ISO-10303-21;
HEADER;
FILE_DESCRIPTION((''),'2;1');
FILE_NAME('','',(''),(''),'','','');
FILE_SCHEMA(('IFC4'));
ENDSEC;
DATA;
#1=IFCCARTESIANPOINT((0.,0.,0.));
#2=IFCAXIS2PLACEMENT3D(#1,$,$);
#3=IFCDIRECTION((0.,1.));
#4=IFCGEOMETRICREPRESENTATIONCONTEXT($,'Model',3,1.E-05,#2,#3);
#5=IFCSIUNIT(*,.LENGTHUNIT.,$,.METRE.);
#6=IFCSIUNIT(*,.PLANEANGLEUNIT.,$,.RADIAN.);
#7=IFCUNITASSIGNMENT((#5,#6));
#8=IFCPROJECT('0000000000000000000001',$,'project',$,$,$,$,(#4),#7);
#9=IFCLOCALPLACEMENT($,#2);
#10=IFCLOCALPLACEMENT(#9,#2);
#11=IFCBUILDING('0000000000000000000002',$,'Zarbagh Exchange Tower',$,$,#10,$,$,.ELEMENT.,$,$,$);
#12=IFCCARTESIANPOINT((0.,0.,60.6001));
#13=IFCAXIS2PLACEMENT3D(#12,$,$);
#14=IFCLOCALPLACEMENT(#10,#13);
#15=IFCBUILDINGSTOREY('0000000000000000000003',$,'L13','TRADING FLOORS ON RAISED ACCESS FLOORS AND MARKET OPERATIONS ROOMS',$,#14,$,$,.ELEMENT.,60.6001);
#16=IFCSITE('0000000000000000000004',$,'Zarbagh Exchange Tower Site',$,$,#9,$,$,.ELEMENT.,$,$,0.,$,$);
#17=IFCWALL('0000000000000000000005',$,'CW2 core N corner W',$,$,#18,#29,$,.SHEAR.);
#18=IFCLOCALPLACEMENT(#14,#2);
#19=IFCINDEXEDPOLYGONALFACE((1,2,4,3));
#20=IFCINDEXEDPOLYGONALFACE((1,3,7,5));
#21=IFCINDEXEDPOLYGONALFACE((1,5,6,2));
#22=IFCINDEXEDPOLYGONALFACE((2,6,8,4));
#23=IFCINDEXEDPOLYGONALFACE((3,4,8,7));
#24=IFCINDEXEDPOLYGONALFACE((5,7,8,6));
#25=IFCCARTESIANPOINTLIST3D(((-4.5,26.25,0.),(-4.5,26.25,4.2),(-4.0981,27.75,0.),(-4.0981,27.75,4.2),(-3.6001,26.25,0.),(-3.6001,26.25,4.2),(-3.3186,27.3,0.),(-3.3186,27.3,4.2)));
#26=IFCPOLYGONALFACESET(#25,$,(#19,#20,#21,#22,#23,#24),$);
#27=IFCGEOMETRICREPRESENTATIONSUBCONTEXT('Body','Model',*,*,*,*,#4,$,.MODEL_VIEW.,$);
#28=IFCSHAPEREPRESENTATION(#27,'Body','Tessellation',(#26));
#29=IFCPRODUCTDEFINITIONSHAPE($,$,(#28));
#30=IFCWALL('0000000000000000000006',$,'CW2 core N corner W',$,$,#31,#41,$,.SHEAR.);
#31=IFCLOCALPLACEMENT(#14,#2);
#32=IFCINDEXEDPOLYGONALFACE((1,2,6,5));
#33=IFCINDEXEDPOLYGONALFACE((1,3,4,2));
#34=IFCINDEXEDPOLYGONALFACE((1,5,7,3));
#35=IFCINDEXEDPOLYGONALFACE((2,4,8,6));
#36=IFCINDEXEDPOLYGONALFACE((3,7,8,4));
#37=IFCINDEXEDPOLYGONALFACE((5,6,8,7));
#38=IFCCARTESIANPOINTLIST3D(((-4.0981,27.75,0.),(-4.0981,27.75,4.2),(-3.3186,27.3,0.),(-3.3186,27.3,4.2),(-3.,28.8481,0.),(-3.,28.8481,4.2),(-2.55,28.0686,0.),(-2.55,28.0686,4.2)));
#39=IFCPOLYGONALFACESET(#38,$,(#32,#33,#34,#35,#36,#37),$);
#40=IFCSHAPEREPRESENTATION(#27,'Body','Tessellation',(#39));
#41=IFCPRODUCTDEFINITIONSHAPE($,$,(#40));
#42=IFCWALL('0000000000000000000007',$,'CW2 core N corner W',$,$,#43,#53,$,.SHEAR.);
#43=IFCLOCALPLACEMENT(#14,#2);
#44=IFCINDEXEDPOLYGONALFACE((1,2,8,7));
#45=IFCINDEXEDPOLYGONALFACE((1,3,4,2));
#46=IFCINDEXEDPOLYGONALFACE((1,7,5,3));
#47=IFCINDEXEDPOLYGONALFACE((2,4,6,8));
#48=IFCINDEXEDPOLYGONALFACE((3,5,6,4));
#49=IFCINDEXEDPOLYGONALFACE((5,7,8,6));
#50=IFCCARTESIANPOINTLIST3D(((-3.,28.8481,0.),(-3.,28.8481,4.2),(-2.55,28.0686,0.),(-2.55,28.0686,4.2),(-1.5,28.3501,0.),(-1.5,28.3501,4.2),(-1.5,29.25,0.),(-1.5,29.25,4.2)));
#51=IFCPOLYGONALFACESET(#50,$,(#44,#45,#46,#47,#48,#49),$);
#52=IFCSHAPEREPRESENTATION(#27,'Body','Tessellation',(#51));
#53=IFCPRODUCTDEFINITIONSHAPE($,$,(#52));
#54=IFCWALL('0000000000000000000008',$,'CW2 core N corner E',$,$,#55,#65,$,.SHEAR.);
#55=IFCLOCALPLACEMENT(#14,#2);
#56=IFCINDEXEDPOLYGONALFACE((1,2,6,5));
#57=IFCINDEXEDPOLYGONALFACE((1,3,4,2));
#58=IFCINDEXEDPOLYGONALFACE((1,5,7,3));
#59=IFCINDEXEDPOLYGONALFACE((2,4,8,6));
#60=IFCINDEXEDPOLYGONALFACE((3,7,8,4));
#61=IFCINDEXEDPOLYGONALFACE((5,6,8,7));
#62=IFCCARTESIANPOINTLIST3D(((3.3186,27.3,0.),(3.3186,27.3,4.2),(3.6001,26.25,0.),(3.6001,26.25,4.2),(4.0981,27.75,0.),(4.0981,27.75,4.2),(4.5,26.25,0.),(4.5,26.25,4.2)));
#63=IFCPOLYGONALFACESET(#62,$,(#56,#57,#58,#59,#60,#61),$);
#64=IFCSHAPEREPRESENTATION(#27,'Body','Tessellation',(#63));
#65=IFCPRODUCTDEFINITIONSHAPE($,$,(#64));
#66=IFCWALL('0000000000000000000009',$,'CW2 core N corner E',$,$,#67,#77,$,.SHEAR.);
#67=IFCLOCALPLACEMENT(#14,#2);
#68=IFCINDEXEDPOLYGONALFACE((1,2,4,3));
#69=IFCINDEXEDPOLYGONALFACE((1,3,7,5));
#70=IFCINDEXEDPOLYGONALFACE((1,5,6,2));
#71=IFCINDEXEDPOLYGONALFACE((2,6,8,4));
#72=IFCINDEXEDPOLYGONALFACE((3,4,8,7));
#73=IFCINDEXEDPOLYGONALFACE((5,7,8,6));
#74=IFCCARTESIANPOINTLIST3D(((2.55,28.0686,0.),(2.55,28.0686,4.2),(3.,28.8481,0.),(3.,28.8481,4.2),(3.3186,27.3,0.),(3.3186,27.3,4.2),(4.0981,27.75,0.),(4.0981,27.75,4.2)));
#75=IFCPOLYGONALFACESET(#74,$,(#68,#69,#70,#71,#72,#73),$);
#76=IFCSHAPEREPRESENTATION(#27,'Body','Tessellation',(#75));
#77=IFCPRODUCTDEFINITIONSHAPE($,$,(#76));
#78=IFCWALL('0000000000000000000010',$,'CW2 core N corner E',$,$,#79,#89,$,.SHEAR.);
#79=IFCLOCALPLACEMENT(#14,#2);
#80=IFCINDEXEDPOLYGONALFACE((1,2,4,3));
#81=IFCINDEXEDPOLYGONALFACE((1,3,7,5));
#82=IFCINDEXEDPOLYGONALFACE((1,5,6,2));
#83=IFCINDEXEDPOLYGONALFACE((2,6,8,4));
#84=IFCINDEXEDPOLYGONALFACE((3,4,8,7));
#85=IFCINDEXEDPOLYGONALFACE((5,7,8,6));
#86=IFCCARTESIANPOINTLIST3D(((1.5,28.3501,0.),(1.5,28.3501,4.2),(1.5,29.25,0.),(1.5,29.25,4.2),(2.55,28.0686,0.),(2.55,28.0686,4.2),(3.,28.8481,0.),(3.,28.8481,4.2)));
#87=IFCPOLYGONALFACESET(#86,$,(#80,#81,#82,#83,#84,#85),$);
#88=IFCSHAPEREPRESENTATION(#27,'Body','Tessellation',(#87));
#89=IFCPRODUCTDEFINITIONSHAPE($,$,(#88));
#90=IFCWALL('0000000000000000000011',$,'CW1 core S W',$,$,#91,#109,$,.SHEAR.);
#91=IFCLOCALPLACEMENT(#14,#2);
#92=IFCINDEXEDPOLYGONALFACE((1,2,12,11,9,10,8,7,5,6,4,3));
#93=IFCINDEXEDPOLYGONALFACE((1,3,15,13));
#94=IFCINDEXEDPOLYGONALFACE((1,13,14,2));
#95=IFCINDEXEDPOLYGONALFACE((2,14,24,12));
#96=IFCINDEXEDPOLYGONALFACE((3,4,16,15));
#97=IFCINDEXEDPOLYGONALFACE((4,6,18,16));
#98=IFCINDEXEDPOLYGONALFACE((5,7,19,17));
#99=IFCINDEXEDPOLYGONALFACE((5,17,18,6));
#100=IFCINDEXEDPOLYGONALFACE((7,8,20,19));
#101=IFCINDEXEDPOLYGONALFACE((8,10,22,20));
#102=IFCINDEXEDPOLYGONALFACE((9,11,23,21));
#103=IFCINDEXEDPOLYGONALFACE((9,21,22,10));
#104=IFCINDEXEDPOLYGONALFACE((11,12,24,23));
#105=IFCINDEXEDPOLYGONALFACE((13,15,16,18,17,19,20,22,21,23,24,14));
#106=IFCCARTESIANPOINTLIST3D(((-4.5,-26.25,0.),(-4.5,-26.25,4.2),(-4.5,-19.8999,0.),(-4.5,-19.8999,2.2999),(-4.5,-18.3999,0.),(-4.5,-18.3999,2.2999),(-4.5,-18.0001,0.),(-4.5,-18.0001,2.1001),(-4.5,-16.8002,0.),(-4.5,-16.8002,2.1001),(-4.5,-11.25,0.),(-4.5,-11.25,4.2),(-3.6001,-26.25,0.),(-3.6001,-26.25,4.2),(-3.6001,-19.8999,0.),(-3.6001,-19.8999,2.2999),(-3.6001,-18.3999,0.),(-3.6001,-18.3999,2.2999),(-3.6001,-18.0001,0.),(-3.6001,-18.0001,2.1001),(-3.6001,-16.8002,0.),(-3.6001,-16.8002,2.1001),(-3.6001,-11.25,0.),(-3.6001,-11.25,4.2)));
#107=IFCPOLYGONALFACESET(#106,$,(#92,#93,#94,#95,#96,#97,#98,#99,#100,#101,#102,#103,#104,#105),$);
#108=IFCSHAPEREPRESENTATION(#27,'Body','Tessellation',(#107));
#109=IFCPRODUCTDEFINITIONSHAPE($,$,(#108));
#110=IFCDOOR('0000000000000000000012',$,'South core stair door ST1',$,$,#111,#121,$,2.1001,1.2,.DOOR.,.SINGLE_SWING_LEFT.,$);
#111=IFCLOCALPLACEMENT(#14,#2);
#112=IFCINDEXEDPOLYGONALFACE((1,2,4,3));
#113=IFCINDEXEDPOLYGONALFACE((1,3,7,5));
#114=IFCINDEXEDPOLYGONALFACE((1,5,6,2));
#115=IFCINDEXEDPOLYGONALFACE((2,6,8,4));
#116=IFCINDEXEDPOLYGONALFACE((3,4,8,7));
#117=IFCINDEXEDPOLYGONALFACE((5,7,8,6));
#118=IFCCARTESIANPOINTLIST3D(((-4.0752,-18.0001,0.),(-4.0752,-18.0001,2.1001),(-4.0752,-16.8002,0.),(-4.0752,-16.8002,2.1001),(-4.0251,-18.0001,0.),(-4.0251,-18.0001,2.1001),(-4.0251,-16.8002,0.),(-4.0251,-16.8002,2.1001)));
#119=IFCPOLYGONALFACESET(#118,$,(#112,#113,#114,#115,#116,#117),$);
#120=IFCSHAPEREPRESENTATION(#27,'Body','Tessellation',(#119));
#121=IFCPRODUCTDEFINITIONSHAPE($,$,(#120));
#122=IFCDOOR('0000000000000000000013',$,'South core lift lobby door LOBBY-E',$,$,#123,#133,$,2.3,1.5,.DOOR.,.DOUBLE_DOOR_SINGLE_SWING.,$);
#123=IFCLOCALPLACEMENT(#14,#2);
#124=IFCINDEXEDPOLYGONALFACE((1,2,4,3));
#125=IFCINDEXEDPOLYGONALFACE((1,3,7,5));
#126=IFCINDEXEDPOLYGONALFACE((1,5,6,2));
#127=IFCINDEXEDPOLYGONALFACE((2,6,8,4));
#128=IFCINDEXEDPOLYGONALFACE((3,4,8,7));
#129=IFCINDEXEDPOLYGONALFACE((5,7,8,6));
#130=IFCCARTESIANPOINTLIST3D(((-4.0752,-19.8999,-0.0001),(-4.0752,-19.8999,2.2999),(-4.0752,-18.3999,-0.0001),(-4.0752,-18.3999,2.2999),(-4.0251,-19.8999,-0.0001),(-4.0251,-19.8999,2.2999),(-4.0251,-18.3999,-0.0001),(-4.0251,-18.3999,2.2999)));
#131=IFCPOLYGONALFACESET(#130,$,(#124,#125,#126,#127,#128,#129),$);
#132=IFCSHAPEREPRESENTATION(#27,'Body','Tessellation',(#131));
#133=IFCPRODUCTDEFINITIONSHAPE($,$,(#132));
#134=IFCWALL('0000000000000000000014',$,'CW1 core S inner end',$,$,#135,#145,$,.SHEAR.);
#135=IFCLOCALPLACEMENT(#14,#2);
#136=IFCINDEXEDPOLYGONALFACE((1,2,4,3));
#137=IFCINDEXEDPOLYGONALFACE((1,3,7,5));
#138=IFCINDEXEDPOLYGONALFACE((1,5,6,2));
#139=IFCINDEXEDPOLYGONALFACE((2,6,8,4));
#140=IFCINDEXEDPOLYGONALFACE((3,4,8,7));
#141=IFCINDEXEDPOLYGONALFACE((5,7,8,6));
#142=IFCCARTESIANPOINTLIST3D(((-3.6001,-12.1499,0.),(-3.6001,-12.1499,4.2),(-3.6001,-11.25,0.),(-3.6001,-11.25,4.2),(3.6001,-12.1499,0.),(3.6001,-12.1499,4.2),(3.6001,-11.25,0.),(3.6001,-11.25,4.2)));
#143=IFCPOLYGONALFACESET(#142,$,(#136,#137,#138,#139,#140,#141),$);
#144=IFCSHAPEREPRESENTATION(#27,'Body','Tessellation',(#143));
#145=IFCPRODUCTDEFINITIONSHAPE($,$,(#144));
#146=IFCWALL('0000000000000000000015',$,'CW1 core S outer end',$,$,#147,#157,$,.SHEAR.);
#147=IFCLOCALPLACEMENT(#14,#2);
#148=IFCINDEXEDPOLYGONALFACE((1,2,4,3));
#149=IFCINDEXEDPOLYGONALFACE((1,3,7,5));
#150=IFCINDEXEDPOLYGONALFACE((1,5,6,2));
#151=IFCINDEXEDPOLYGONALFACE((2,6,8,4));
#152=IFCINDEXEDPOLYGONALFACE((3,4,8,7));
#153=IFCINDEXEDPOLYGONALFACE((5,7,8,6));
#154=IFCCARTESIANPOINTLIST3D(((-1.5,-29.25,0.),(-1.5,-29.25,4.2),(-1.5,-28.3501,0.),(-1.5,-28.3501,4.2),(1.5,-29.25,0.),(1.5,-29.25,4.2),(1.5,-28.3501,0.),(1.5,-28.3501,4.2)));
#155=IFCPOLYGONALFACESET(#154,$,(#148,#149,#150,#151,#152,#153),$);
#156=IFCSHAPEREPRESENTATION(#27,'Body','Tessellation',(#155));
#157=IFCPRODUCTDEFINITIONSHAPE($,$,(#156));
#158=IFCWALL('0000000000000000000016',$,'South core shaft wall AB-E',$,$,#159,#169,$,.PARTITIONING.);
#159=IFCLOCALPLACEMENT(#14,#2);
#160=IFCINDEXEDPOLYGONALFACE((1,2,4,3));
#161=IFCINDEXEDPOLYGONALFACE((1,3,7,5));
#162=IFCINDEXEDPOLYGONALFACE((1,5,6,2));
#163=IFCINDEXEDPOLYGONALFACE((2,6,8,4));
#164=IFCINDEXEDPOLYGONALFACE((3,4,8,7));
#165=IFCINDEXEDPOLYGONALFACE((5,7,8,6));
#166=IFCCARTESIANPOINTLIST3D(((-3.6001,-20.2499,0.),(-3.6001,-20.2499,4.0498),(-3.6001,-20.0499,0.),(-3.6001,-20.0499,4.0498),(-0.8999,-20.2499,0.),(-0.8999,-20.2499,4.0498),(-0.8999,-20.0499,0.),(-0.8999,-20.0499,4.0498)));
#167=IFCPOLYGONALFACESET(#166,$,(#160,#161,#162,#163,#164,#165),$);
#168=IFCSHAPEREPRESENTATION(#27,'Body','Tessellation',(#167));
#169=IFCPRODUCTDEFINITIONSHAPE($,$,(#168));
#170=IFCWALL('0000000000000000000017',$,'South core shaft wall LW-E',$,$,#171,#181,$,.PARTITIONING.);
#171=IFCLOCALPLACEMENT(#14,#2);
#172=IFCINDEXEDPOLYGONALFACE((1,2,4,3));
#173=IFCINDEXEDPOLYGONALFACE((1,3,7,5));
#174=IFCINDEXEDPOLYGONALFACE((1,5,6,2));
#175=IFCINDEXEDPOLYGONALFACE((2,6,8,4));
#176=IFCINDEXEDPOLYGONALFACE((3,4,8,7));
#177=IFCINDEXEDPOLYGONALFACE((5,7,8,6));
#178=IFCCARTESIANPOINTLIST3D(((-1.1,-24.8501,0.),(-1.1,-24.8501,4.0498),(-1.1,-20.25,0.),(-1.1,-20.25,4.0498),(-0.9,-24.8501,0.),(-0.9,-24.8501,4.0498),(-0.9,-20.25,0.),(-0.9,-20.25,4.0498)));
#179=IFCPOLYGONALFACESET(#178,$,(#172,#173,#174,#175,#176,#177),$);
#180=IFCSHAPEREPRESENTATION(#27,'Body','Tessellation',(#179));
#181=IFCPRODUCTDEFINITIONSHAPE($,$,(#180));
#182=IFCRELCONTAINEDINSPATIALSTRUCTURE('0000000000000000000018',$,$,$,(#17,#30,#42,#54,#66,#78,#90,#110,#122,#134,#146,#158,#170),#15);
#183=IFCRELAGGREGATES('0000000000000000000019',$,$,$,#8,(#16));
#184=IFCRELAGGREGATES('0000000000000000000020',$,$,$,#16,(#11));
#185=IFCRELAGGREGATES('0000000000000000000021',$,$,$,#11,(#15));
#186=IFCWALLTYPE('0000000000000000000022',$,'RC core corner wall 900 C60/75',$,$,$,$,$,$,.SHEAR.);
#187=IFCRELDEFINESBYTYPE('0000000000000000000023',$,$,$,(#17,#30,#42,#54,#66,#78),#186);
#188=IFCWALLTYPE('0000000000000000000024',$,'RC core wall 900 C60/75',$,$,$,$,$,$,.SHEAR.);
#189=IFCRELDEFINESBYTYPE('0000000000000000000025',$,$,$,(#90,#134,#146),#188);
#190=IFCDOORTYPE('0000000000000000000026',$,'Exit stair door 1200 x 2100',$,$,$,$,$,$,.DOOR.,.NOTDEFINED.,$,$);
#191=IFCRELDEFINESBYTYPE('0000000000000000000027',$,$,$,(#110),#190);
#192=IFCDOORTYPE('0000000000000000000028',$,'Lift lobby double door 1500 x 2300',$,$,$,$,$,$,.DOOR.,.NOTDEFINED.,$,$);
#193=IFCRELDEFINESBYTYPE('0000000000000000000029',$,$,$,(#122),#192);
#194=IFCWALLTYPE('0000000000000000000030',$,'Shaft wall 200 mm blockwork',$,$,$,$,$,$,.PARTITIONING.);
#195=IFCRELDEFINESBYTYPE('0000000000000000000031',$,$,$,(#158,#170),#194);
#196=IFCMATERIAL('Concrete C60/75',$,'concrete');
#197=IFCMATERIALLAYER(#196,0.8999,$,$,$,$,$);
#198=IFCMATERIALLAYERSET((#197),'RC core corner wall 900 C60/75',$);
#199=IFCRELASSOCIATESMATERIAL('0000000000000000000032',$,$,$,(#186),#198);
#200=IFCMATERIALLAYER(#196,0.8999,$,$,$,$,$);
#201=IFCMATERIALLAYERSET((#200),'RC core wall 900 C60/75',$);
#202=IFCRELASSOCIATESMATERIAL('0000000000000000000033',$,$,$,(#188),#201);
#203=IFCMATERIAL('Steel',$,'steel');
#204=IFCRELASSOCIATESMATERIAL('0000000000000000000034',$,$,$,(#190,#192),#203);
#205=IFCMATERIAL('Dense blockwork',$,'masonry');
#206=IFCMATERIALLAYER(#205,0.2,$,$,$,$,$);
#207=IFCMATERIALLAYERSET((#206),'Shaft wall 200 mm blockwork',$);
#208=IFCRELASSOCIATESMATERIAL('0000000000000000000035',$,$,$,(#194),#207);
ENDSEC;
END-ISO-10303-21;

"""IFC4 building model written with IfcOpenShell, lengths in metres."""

from ifc_helpers import new_model, si_unit, direction, frame, frame_2d, origin, place, context, subcontext, project, spatial, polyline, rectangle, outline, extrude, material, layer, layer_set, type_object, element, fill, save


model = new_model("IFC4")

# Units and contexts
model_context = context("Model", 3, precision=1e-05, world=origin(), true_north=direction((0.0, 1.0)))
body_context = subcontext(model_context, "Body", "Model", "MODEL_VIEW")
ifc_project = project(units=[si_unit("LENGTHUNIT", "METRE"), si_unit("PLANEANGLEUNIT", "RADIAN")], contexts=[model_context])

# Site, building, storey
site_placement = place(None, origin())
site = spatial("IfcSite", under=ifc_project, at=site_placement, Name="Zarbagh Exchange Tower Site", CompositionType="ELEMENT", RefElevation=0.0)
building_placement = place(site_placement, origin())
building = spatial("IfcBuilding", under=site, at=building_placement, Name="Zarbagh Exchange Tower", CompositionType="ELEMENT")
storey_placement = place(building_placement, frame((0.0, 0.0, 60.6001)))
storey = spatial("IfcBuildingStorey", under=building, at=storey_placement, Name="L13", Description="TRADING FLOORS ON RAISED ACCESS FLOORS AND MARKET OPERATIONS ROOMS", CompositionType="ELEMENT", Elevation=60.6001)

# Shared definitions
ifc_material_1 = material(Name="Concrete C60/75", Category="concrete")

# Walls
ifc_layer_1 = layer(ifc_material_1, 0.8999)
ifc_layer_set_1 = layer_set([ifc_layer_1], Name="RC core corner wall 900 C60/75")
wall_type_1 = type_object("IfcWallType", Name="RC core corner wall 900 C60/75", PredefinedType="SHEAR", material=ifc_layer_set_1)
wall_1_placement = place(storey_placement, origin())
element("IfcWall", 1, at=wall_1_placement, inside=storey, type_object=wall_type_1, Name="CW2 core N corner W", PredefinedType="SHEAR", context=body_context, shape_type="SweptSolid", body=[
    extrude(outline(polyline([(-4.5, 26.25), (-4.0981, 27.75), (-3.3186, 27.3), (-3.6001, 26.25), (-4.5, 26.25)])), origin(), (0.0, 0.0, 1.0), 4.2),
])
wall_2_placement = place(storey_placement, origin())
element("IfcWall", 2, at=wall_2_placement, inside=storey, type_object=wall_type_1, Name="CW2 core N corner W", PredefinedType="SHEAR", context=body_context, shape_type="SweptSolid", body=[
    extrude(outline(polyline([(-4.0981, 27.75), (-3.0, 28.8481), (-2.55, 28.0686), (-3.3186, 27.3), (-4.0981, 27.75)])), origin(), (0.0, 0.0, 1.0), 4.2),
])
wall_3_placement = place(storey_placement, origin())
element("IfcWall", 3, at=wall_3_placement, inside=storey, type_object=wall_type_1, Name="CW2 core N corner W", PredefinedType="SHEAR", context=body_context, shape_type="SweptSolid", body=[
    extrude(outline(polyline([(-3.0, 28.8481), (-1.5, 29.25), (-1.5, 28.3501), (-2.55, 28.0686), (-3.0, 28.8481)])), origin(), (0.0, 0.0, 1.0), 4.2),
])
wall_4_placement = place(storey_placement, origin())
element("IfcWall", 4, at=wall_4_placement, inside=storey, type_object=wall_type_1, Name="CW2 core N corner E", PredefinedType="SHEAR", context=body_context, shape_type="SweptSolid", body=[
    extrude(outline(polyline([(4.5, 26.25), (4.0981, 27.75), (3.3186, 27.3), (3.6001, 26.25), (4.5, 26.25)])), origin(), (0.0, 0.0, 1.0), 4.2),
])
wall_5_placement = place(storey_placement, origin())
element("IfcWall", 5, at=wall_5_placement, inside=storey, type_object=wall_type_1, Name="CW2 core N corner E", PredefinedType="SHEAR", context=body_context, shape_type="SweptSolid", body=[
    extrude(outline(polyline([(4.0981, 27.75), (3.0, 28.8481), (2.55, 28.0686), (3.3186, 27.3), (4.0981, 27.75)])), origin(), (0.0, 0.0, 1.0), 4.2),
])
wall_6_placement = place(storey_placement, origin())
element("IfcWall", 6, at=wall_6_placement, inside=storey, type_object=wall_type_1, Name="CW2 core N corner E", PredefinedType="SHEAR", context=body_context, shape_type="SweptSolid", body=[
    extrude(outline(polyline([(3.0, 28.8481), (1.5, 29.25), (1.5, 28.3501), (2.55, 28.0686), (3.0, 28.8481)])), origin(), (0.0, 0.0, 1.0), 4.2),
])

# Wall, openings, doors
ifc_layer_2 = layer(ifc_material_1, 0.8999)
ifc_layer_set_2 = layer_set([ifc_layer_2], Name="RC core wall 900 C60/75")
wall_type_2 = type_object("IfcWallType", Name="RC core wall 900 C60/75", PredefinedType="SHEAR", material=ifc_layer_set_2)
wall_7_placement = place(storey_placement, frame((-4.05, -11.25, 0.0), z_axis=(0.0, 0.0, 1.0), x_axis=(0.0, -1.0, 0.0)))
wall_7 = element("IfcWall", 7, at=wall_7_placement, inside=storey, type_object=wall_type_2, Name="CW1 core S W", PredefinedType="SHEAR", context=body_context, shape_type="SweptSolid", body=[
    extrude(rectangle(XDim=15.0, YDim=0.8999, at=frame_2d((7.5, 0.0))), origin(), (0.0, 0.0, 1.0), 4.2),
])
opening_1_placement = place(wall_7_placement, frame((7.1499, 0.0, 0.0)))
opening_1 = element("IfcOpeningElement", 8, at=opening_1_placement, cuts=wall_7, PredefinedType="OPENING", context=body_context, shape_type="SweptSolid", body=[
    extrude(rectangle(XDim=1.5, YDim=2.3, at=frame_2d((0.75, 1.1499))), frame((0.0, 0.46, 0.0), z_axis=(0.0, -1.0, 0.0), x_axis=(1.0, 0.0, 0.0)), (0.0, 0.0, 1.0), 0.9199),
])
opening_2_placement = place(wall_7_placement, frame((5.55, 0.0, 0.0)))
opening_2 = element("IfcOpeningElement", 9, at=opening_2_placement, cuts=wall_7, PredefinedType="OPENING", context=body_context, shape_type="SweptSolid", body=[
    extrude(rectangle(XDim=1.2, YDim=2.1001, at=frame_2d((0.6001, 1.05))), frame((0.0, 0.46, 0.0), z_axis=(0.0, -1.0, 0.0), x_axis=(1.0, 0.0, 0.0)), (0.0, 0.0, 1.0), 0.9199),
])
ifc_material_2 = material(Name="Steel", Category="steel")
door_type_1 = type_object("IfcDoorType", Name="Exit stair door 1200 x 2100", OperationType="NOTDEFINED", PredefinedType="DOOR", material=ifc_material_2)
door_1_placement = place(opening_2_placement, origin())
door_1 = element("IfcDoor", 10, at=door_1_placement, inside=storey, type_object=door_type_1, Name="South core stair door ST1", OperationType="SINGLE_SWING_LEFT", OverallHeight=2.1001, OverallWidth=1.2, PredefinedType="DOOR", context=body_context, shape_type="SweptSolid", body=[
    extrude(rectangle(XDim=1.2, YDim=2.1001, at=frame_2d((0.6001, 1.05))), frame((0.0, 0.0249, 0.0), z_axis=(0.0, -1.0, 0.0), x_axis=(1.0, 0.0, 0.0)), (0.0, 0.0, 1.0), 0.05),
])
fill(opening_2, door_1)
door_type_2 = type_object("IfcDoorType", Name="Lift lobby double door 1500 x 2300", OperationType="NOTDEFINED", PredefinedType="DOOR", material=ifc_material_2)
door_2_placement = place(opening_1_placement, origin())
door_2 = element("IfcDoor", 11, at=door_2_placement, inside=storey, type_object=door_type_2, Name="South core lift lobby door LOBBY-E", OperationType="DOUBLE_DOOR_SINGLE_SWING", OverallHeight=2.3, OverallWidth=1.5, PredefinedType="DOOR", context=body_context, shape_type="SweptSolid", body=[
    extrude(rectangle(XDim=1.5, YDim=2.3, at=frame_2d((0.75, 1.1499))), frame((0.0, 0.0249, 0.0), z_axis=(0.0, -1.0, 0.0), x_axis=(1.0, 0.0, 0.0)), (0.0, 0.0, 1.0), 0.05),
])
fill(opening_1, door_2)

# Walls
wall_8_placement = place(storey_placement, frame((-3.6001, -11.7, 0.0), z_axis=(0.0, 0.0, 1.0), x_axis=(1.0, 0.0, 0.0)))
element("IfcWall", 12, at=wall_8_placement, inside=storey, type_object=wall_type_2, Name="CW1 core S inner end", PredefinedType="SHEAR", context=body_context, shape_type="SweptSolid", body=[
    extrude(rectangle(XDim=7.2002, YDim=0.8999, at=frame_2d((3.6001, 0.0))), origin(), (0.0, 0.0, 1.0), 4.2),
])
wall_9_placement = place(storey_placement, frame((-1.5, -28.8, 0.0), z_axis=(0.0, 0.0, 1.0), x_axis=(1.0, 0.0, 0.0)))
element("IfcWall", 13, at=wall_9_placement, inside=storey, type_object=wall_type_2, Name="CW1 core S outer end", PredefinedType="SHEAR", context=body_context, shape_type="SweptSolid", body=[
    extrude(rectangle(XDim=3.0, YDim=0.8999, at=frame_2d((1.5, 0.0))), origin(), (0.0, 0.0, 1.0), 4.2),
])
ifc_material_3 = material(Name="Dense blockwork", Category="masonry")
ifc_layer_3 = layer(ifc_material_3, 0.2)
ifc_layer_set_3 = layer_set([ifc_layer_3], Name="Shaft wall 200 mm blockwork")
wall_type_3 = type_object("IfcWallType", Name="Shaft wall 200 mm blockwork", PredefinedType="PARTITIONING", material=ifc_layer_set_3)
wall_10_placement = place(storey_placement, frame((-0.8999, -20.1499, 0.0), z_axis=(0.0, 0.0, 1.0), x_axis=(-1.0, 0.0, 0.0)))
element("IfcWall", 14, at=wall_10_placement, inside=storey, type_object=wall_type_3, Name="South core shaft wall AB-E", PredefinedType="PARTITIONING", context=body_context, shape_type="SweptSolid", body=[
    extrude(rectangle(XDim=2.7002, YDim=0.2, at=frame_2d((1.3501, 0.0))), origin(), (0.0, 0.0, 1.0), 4.0498),
])
wall_11_placement = place(storey_placement, frame((-1.0, -24.8501, 0.0), z_axis=(0.0, 0.0, 1.0), x_axis=(0.0, 1.0, 0.0)))
element("IfcWall", 15, at=wall_11_placement, inside=storey, type_object=wall_type_3, Name="South core shaft wall LW-E", PredefinedType="PARTITIONING", context=body_context, shape_type="SweptSolid", body=[
    extrude(rectangle(XDim=4.6001, YDim=0.2, at=frame_2d((2.3, 0.0))), origin(), (0.0, 0.0, 1.0), 4.0498),
])

save(model, "model.ifc")
